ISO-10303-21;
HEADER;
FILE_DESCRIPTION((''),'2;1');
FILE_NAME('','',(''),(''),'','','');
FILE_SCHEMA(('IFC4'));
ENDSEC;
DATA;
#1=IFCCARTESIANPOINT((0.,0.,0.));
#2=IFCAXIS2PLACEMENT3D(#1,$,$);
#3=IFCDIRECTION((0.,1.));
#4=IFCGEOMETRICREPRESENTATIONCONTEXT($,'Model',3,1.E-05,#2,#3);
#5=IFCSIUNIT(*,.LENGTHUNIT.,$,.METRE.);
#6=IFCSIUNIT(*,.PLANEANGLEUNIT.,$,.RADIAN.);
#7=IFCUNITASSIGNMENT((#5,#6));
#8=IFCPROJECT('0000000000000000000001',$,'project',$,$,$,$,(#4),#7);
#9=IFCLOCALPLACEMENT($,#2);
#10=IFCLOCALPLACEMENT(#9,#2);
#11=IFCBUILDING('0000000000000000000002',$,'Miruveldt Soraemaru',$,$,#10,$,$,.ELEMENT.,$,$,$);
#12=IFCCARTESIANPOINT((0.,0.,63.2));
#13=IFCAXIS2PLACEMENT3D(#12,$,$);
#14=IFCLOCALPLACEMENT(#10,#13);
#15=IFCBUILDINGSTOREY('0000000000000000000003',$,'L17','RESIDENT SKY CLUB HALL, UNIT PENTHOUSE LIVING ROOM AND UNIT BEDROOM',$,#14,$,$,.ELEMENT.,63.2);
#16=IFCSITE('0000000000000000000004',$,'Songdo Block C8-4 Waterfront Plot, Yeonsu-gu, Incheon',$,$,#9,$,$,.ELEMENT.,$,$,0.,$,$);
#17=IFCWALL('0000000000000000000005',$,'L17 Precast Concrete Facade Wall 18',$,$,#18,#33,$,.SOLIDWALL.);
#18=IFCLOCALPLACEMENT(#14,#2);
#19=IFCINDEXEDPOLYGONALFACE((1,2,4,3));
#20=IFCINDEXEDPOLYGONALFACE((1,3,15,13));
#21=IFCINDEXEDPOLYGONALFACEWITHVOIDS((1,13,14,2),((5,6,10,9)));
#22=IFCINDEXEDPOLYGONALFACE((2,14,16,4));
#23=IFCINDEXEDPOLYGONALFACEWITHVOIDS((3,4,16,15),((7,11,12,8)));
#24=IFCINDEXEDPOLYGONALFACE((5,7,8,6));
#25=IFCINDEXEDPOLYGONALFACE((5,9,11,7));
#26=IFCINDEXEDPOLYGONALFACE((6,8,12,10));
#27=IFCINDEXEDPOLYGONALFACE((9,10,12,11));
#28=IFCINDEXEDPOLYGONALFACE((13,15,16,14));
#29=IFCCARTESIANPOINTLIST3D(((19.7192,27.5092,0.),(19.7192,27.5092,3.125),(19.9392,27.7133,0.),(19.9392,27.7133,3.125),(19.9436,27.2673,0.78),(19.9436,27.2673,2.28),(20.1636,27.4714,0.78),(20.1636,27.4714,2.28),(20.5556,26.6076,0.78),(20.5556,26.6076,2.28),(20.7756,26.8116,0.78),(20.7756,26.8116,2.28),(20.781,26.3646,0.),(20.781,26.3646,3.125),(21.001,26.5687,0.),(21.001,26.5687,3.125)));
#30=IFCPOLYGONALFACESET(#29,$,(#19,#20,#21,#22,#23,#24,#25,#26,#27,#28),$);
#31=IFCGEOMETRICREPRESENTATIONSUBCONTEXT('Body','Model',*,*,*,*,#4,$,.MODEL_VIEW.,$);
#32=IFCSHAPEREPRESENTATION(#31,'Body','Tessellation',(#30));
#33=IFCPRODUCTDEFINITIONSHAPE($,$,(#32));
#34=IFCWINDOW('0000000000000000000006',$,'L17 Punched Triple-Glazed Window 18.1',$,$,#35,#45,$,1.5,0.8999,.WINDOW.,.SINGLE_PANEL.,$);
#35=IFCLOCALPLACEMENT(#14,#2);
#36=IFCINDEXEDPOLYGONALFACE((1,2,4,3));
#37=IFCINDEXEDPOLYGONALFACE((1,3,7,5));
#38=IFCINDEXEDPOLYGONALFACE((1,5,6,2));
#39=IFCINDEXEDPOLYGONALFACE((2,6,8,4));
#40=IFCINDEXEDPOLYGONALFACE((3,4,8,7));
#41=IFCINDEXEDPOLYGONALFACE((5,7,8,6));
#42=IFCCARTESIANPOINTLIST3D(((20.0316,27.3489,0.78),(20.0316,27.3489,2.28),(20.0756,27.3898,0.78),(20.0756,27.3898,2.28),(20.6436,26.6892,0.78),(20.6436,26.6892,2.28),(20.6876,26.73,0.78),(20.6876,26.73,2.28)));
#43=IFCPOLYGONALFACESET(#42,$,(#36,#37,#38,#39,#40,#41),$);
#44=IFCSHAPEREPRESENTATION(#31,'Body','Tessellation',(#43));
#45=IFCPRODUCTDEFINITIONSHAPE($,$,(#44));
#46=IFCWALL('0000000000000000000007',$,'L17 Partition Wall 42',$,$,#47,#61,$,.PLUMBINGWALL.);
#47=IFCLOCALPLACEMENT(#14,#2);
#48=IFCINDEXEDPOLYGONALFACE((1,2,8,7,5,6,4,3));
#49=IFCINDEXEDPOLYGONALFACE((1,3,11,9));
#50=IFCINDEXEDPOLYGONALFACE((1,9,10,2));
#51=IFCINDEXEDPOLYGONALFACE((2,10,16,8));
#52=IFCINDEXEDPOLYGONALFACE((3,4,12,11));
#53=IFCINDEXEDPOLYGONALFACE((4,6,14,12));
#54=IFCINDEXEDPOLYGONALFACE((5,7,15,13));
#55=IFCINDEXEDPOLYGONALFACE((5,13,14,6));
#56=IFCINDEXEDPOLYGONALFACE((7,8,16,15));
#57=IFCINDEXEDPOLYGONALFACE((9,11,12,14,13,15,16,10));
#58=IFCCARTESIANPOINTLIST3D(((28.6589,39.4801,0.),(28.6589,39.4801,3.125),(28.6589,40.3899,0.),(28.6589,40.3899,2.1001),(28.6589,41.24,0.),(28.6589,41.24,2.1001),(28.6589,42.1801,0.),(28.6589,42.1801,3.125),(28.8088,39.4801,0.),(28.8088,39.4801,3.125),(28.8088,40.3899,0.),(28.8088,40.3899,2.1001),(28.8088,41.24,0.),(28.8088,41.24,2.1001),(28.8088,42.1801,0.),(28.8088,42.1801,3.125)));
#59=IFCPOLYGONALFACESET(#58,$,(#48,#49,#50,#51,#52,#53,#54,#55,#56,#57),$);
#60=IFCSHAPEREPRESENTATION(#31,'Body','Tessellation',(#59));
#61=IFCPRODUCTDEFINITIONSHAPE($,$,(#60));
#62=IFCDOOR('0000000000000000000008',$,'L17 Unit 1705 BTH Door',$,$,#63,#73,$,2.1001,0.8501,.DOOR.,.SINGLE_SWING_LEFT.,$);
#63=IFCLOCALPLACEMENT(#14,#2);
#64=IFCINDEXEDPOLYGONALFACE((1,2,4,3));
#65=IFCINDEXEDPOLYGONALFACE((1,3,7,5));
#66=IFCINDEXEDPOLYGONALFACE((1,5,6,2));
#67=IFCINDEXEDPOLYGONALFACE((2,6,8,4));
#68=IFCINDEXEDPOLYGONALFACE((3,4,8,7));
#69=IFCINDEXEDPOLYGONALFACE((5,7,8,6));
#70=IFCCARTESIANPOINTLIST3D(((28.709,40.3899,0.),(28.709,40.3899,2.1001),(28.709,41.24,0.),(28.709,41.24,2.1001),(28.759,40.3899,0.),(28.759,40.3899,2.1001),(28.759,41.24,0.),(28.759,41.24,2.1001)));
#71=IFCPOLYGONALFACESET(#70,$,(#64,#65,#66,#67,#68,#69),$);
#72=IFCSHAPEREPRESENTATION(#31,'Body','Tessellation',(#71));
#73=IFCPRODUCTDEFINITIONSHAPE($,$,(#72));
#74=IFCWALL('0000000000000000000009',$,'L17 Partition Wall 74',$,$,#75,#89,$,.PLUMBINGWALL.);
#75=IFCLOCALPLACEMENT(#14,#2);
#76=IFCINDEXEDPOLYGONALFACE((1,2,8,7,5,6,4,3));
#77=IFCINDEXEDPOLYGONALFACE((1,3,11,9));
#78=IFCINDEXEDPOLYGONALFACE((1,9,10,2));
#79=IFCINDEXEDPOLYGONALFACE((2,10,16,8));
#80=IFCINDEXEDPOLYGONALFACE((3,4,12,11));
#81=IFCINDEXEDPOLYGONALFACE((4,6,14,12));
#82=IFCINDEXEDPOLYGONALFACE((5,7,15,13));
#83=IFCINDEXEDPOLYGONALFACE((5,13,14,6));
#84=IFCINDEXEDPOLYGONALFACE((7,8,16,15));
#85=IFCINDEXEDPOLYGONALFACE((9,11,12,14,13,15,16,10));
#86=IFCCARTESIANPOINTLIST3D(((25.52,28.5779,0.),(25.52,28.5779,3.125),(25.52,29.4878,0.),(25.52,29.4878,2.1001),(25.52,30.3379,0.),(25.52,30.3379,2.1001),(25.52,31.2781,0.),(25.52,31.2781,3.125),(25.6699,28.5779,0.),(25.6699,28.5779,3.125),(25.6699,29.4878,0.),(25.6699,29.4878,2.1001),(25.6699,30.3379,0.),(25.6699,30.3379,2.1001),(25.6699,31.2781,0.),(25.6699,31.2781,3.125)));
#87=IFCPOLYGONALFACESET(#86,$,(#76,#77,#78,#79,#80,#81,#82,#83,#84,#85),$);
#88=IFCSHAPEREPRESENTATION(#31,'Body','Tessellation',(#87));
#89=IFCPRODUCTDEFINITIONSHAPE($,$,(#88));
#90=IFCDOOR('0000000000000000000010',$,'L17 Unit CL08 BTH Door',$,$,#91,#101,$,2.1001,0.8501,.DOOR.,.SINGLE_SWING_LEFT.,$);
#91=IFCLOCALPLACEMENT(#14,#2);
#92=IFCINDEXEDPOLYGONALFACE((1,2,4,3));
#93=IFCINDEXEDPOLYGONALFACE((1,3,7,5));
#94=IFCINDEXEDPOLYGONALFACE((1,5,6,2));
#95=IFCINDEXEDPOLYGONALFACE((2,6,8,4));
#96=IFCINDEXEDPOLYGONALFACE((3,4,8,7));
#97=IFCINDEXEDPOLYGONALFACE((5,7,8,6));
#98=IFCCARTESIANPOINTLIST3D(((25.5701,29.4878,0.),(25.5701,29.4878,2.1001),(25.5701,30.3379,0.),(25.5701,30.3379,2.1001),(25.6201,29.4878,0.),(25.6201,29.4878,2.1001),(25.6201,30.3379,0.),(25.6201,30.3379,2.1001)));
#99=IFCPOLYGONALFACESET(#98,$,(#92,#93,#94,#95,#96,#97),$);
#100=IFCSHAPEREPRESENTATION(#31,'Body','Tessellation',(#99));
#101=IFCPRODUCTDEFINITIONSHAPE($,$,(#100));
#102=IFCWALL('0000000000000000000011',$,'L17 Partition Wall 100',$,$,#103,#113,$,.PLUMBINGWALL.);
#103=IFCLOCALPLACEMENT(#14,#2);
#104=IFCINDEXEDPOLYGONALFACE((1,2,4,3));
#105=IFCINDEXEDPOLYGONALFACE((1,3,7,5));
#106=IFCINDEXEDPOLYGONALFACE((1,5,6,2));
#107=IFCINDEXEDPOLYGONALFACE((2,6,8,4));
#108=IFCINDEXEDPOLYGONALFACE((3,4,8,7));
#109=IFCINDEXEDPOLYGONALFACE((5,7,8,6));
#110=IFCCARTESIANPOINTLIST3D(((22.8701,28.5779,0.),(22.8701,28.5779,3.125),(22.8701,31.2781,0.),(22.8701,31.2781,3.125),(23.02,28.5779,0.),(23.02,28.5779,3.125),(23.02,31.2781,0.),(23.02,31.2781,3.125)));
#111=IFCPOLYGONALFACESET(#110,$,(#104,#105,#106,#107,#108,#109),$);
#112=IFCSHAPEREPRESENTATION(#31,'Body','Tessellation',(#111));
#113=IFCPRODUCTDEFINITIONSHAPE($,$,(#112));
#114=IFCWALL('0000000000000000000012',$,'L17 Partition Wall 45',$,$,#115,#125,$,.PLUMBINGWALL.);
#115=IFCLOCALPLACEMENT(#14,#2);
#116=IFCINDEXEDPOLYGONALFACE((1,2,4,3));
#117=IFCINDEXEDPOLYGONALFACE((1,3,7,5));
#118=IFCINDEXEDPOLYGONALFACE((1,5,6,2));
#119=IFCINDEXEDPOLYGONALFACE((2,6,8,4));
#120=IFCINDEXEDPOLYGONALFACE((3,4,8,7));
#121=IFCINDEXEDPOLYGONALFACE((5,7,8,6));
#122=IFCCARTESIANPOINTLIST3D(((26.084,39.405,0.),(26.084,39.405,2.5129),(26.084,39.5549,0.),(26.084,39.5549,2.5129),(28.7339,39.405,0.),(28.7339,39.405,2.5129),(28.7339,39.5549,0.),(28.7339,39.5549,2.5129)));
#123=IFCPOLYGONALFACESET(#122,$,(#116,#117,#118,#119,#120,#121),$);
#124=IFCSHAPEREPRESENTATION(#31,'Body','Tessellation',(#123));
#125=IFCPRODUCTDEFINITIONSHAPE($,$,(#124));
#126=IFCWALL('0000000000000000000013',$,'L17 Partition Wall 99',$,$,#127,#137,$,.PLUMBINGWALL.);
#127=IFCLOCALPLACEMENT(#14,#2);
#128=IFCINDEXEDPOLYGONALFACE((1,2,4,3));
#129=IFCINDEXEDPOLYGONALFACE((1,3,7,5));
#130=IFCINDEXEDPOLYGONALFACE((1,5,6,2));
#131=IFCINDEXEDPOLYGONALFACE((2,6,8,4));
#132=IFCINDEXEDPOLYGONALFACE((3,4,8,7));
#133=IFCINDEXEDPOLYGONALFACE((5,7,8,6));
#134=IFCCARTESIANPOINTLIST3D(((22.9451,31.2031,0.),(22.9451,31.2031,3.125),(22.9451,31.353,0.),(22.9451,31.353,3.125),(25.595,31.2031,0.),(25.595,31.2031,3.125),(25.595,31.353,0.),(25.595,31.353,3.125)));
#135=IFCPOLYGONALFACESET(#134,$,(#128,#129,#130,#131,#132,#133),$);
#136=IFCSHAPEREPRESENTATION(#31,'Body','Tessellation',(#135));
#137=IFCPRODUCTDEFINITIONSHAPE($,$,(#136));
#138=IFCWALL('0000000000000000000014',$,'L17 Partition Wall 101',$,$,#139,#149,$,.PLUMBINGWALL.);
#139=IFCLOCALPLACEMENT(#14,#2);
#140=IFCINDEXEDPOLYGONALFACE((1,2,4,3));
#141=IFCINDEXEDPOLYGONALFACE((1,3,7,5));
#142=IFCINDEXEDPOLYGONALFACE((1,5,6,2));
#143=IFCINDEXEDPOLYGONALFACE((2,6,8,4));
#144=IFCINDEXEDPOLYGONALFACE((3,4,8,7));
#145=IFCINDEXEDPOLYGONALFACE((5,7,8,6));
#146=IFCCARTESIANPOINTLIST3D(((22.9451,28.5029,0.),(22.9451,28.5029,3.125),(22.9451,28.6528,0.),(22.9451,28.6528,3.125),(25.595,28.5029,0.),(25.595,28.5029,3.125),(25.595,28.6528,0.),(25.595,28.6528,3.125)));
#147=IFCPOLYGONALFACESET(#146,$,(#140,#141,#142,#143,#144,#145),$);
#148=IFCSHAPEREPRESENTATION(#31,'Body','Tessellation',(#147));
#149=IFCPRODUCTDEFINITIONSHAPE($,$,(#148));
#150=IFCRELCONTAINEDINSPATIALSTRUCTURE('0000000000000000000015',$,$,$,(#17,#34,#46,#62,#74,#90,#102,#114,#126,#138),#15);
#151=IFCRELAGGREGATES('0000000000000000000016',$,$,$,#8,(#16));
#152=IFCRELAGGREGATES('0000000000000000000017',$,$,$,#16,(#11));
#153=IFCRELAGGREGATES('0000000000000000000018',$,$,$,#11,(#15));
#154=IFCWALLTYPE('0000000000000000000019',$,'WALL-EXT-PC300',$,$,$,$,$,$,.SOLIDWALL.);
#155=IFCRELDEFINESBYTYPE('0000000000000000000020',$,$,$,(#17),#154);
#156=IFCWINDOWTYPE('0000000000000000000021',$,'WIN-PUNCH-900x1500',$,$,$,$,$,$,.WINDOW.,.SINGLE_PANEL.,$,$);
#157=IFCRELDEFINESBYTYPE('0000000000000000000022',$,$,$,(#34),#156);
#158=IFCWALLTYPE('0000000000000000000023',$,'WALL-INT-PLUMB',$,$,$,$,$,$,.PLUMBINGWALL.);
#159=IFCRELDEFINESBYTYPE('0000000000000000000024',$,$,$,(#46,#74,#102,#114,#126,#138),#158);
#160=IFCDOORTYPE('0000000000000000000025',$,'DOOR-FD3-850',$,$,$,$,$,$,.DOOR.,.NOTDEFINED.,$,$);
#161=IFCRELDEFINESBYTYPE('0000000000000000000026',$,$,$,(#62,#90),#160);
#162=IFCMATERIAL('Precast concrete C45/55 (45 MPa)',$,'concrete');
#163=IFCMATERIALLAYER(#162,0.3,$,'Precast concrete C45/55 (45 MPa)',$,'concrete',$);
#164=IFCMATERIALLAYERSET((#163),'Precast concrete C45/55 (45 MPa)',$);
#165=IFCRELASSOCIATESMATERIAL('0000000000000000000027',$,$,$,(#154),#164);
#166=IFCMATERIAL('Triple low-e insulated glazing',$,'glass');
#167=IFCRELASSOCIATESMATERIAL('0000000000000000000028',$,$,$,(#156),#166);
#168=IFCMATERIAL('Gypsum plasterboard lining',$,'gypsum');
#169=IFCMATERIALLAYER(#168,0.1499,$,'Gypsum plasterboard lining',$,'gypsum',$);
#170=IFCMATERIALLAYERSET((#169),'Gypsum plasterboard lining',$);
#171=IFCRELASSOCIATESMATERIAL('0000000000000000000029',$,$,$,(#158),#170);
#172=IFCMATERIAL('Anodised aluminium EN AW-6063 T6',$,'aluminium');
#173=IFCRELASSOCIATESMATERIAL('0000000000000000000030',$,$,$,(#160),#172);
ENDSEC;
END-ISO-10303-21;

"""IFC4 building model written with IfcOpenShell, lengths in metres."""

from ifc_helpers import new_model, si_unit, direction, frame, frame_2d, origin, place, context, subcontext, project, spatial, rectangle, extrude, material, layer, layer_set, type_object, element, fill, save


model = new_model("IFC4")

# Units and contexts
model_context = context("Model", 3, precision=1e-05, world=origin(), true_north=direction((0.0, 1.0)))
body_context = subcontext(model_context, "Body", "Model", "MODEL_VIEW")
ifc_project = project(units=[si_unit("LENGTHUNIT", "METRE"), si_unit("PLANEANGLEUNIT", "RADIAN")], contexts=[model_context])

# Site, building, storey
site_placement = place(None, origin())
site = spatial("IfcSite", under=ifc_project, at=site_placement, Name="Songdo Block C8-4 Waterfront Plot, Yeonsu-gu, Incheon", CompositionType="ELEMENT", RefElevation=0.0)
building_placement = place(site_placement, origin())
building = spatial("IfcBuilding", under=site, at=building_placement, Name="Miruveldt Soraemaru", CompositionType="ELEMENT")
storey_placement = place(building_placement, frame((0.0, 0.0, 63.2)))
storey = spatial("IfcBuildingStorey", under=building, at=storey_placement, Name="L17", Description="RESIDENT SKY CLUB HALL, UNIT PENTHOUSE LIVING ROOM AND UNIT BEDROOM", CompositionType="ELEMENT", Elevation=63.2)

# Wall, opening, window
ifc_material_1 = material(Name="Precast concrete C45/55 (45 MPa)", Category="concrete")
ifc_layer_1 = layer(ifc_material_1, 0.3, Name="Precast concrete C45/55 (45 MPa)", Category="concrete")
ifc_layer_set_1 = layer_set([ifc_layer_1], Name="Precast concrete C45/55 (45 MPa)")
wall_type_1 = type_object("IfcWallType", Name="WALL-EXT-PC300", PredefinedType="SOLIDWALL", material=ifc_layer_set_1)
ifc_material_2 = material(Name="Triple low-e insulated glazing", Category="glass")
wall_1_placement = place(storey_placement, frame((19.8291, 27.6113, 0.0), z_axis=(0.0, 0.0, 1.0), x_axis=(0.680103, -0.733116, 0.0)))
wall_1 = element("IfcWall", 1, at=wall_1_placement, inside=storey, type_object=wall_type_1, Name="L17 Precast Concrete Facade Wall 18", PredefinedType="SOLIDWALL", context=body_context, shape_type="SweptSolid", body=[
    extrude(rectangle(XDim=1.5613, YDim=0.3, at=frame_2d((0.7808, 0.0))), origin(), (0.0, 0.0, 1.0), 3.125),
])
opening_1_placement = place(wall_1_placement, frame((0.3301, 0.0, 0.78)))
opening_1 = element("IfcOpeningElement", 2, at=opening_1_placement, cuts=wall_1, PredefinedType="OPENING", context=body_context, shape_type="SweptSolid", body=[
    extrude(rectangle(XDim=0.8999, YDim=1.5, at=frame_2d((0.45, 0.75))), frame((0.0, 0.1602, 0.0), z_axis=(0.0, -1.0, 0.0), x_axis=(1.0, 0.0, 0.0)), (0.0, 0.0, 1.0), 0.3201),
])
window_type_1 = type_object("IfcWindowType", Name="WIN-PUNCH-900x1500", PartitioningType="SINGLE_PANEL", PredefinedType="WINDOW", material=ifc_material_2)
window_1_placement = place(opening_1_placement, origin())
window_1 = element("IfcWindow", 3, at=window_1_placement, inside=storey, type_object=window_type_1, Name="L17 Punched Triple-Glazed Window 18.1", OverallHeight=1.5, OverallWidth=0.8999, PartitioningType="SINGLE_PANEL", PredefinedType="WINDOW", context=body_context, shape_type="SweptSolid", body=[
    extrude(rectangle(XDim=0.8999, YDim=1.5, at=frame_2d((0.45, 0.75))), frame((0.0, 0.03, 0.0), z_axis=(0.0, -1.0, 0.0), x_axis=(1.0, 0.0, 0.0)), (0.0, 0.0, 1.0), 0.0601),
])
fill(opening_1, window_1)

# Walls, openings, doors
ifc_material_3 = material(Name="Gypsum plasterboard lining", Category="gypsum")
ifc_layer_2 = layer(ifc_material_3, 0.1499, Name="Gypsum plasterboard lining", Category="gypsum")
ifc_layer_set_2 = layer_set([ifc_layer_2], Name="Gypsum plasterboard lining")
wall_type_2 = type_object("IfcWallType", Name="WALL-INT-PLUMB", PredefinedType="PLUMBINGWALL", material=ifc_layer_set_2)
wall_2_placement = place(storey_placement, frame((28.7339, 39.48, 0.0), z_axis=(0.0, 0.0, 1.0), x_axis=(0.0, 1.0, 0.0)))
wall_2 = element("IfcWall", 4, at=wall_2_placement, inside=storey, type_object=wall_type_2, Name="L17 Partition Wall 42", PredefinedType="PLUMBINGWALL", context=body_context, shape_type="SweptSolid", body=[
    extrude(rectangle(XDim=2.7, YDim=0.1499, at=frame_2d((1.3501, 0.0))), origin(), (0.0, 0.0, 1.0), 3.125),
])
opening_2_placement = place(wall_2_placement, frame((0.9099, 0.0, 0.0)))
opening_2 = element("IfcOpeningElement", 5, at=opening_2_placement, cuts=wall_2, PredefinedType="OPENING", context=body_context, shape_type="SweptSolid", body=[
    extrude(rectangle(XDim=0.8501, YDim=2.1001, at=frame_2d((0.425, 1.05))), frame((0.0, 0.085, 0.0), z_axis=(0.0, -1.0, 0.0), x_axis=(1.0, 0.0, 0.0)), (0.0, 0.0, 1.0), 0.1699),
])
ifc_material_4 = material(Name="Anodised aluminium EN AW-6063 T6", Category="aluminium")
door_type_1 = type_object("IfcDoorType", Name="DOOR-FD3-850", OperationType="NOTDEFINED", PredefinedType="DOOR", material=ifc_material_4)
door_1_placement = place(opening_2_placement, origin())
door_1 = element("IfcDoor", 6, at=door_1_placement, inside=storey, type_object=door_type_1, Name="L17 Unit 1705 BTH Door", OperationType="SINGLE_SWING_LEFT", OverallHeight=2.1001, OverallWidth=0.8501, PredefinedType="DOOR", context=body_context, shape_type="SweptSolid", body=[
    extrude(rectangle(XDim=0.8501, YDim=2.1001, at=frame_2d((0.425, 1.05))), frame((0.0, 0.0249, 0.0), z_axis=(0.0, -1.0, 0.0), x_axis=(1.0, 0.0, 0.0)), (0.0, 0.0, 1.0), 0.05),
])
fill(opening_2, door_1)
wall_3_placement = place(storey_placement, frame((25.595, 28.5779, 0.0), z_axis=(0.0, 0.0, 1.0), x_axis=(0.0, 1.0, 0.0)))
wall_3 = element("IfcWall", 7, at=wall_3_placement, inside=storey, type_object=wall_type_2, Name="L17 Partition Wall 74", PredefinedType="PLUMBINGWALL", context=body_context, shape_type="SweptSolid", body=[
    extrude(rectangle(XDim=2.7002, YDim=0.1499, at=frame_2d((1.3501, 0.0))), origin(), (0.0, 0.0, 1.0), 3.125),
])
opening_3_placement = place(wall_3_placement, frame((0.9099, 0.0, 0.0)))
opening_3 = element("IfcOpeningElement", 8, at=opening_3_placement, cuts=wall_3, PredefinedType="OPENING", context=body_context, shape_type="SweptSolid", body=[
    extrude(rectangle(XDim=0.8501, YDim=2.1001, at=frame_2d((0.425, 1.05))), frame((0.0, 0.085, 0.0), z_axis=(0.0, -1.0, 0.0), x_axis=(1.0, 0.0, 0.0)), (0.0, 0.0, 1.0), 0.1699),
])
door_2_placement = place(opening_3_placement, origin())
door_2 = element("IfcDoor", 9, at=door_2_placement, inside=storey, type_object=door_type_1, Name="L17 Unit CL08 BTH Door", OperationType="SINGLE_SWING_LEFT", OverallHeight=2.1001, OverallWidth=0.8501, PredefinedType="DOOR", context=body_context, shape_type="SweptSolid", body=[
    extrude(rectangle(XDim=0.8501, YDim=2.1001, at=frame_2d((0.425, 1.05))), frame((0.0, 0.0249, 0.0), z_axis=(0.0, -1.0, 0.0), x_axis=(1.0, 0.0, 0.0)), (0.0, 0.0, 1.0), 0.05),
])
fill(opening_3, door_2)

# Walls
wall_4_placement = place(storey_placement, frame((22.9451, 31.2781, 0.0), z_axis=(0.0, 0.0, 1.0), x_axis=(0.0, -1.0, 0.0)))
element("IfcWall", 10, at=wall_4_placement, inside=storey, type_object=wall_type_2, Name="L17 Partition Wall 100", PredefinedType="PLUMBINGWALL", context=body_context, shape_type="SweptSolid", body=[
    extrude(rectangle(XDim=2.7002, YDim=0.1499, at=frame_2d((1.3501, 0.0))), origin(), (0.0, 0.0, 1.0), 3.125),
])
wall_5_placement = place(storey_placement, frame((26.084, 39.48, 0.0), z_axis=(0.0, 0.0, 1.0), x_axis=(1.0, 0.0, 0.0)))
element("IfcWall", 11, at=wall_5_placement, inside=storey, type_object=wall_type_2, Name="L17 Partition Wall 45", PredefinedType="PLUMBINGWALL", context=body_context, shape_type="SweptSolid", body=[
    extrude(rectangle(XDim=2.6499, YDim=0.1499, at=frame_2d((1.325, 0.0))), origin(), (0.0, 0.0, 1.0), 2.5129),
])
for number, where, z_axis, x_axis, name in (
    (12, (25.595, 31.2781, 0.0), (0.0, 0.0, 1.0), (-1.0, 0.0, 0.0), "L17 Partition Wall 99"),
    (13, (22.9451, 28.5779, 0.0), (0.0, 0.0, 1.0), (1.0, 0.0, 0.0), "L17 Partition Wall 101"),
):
    element("IfcWall", number, at=place(storey_placement, frame(where, z_axis=z_axis, x_axis=x_axis)), inside=storey, type_object=wall_type_2, Name=name, PredefinedType="PLUMBINGWALL", context=body_context, shape_type="SweptSolid", body=[
        extrude(rectangle(XDim=2.6499, YDim=0.1499, at=frame_2d((1.325, 0.0))), origin(), (0.0, 0.0, 1.0), 3.125),
    ])

save(model, "model.ifc")
